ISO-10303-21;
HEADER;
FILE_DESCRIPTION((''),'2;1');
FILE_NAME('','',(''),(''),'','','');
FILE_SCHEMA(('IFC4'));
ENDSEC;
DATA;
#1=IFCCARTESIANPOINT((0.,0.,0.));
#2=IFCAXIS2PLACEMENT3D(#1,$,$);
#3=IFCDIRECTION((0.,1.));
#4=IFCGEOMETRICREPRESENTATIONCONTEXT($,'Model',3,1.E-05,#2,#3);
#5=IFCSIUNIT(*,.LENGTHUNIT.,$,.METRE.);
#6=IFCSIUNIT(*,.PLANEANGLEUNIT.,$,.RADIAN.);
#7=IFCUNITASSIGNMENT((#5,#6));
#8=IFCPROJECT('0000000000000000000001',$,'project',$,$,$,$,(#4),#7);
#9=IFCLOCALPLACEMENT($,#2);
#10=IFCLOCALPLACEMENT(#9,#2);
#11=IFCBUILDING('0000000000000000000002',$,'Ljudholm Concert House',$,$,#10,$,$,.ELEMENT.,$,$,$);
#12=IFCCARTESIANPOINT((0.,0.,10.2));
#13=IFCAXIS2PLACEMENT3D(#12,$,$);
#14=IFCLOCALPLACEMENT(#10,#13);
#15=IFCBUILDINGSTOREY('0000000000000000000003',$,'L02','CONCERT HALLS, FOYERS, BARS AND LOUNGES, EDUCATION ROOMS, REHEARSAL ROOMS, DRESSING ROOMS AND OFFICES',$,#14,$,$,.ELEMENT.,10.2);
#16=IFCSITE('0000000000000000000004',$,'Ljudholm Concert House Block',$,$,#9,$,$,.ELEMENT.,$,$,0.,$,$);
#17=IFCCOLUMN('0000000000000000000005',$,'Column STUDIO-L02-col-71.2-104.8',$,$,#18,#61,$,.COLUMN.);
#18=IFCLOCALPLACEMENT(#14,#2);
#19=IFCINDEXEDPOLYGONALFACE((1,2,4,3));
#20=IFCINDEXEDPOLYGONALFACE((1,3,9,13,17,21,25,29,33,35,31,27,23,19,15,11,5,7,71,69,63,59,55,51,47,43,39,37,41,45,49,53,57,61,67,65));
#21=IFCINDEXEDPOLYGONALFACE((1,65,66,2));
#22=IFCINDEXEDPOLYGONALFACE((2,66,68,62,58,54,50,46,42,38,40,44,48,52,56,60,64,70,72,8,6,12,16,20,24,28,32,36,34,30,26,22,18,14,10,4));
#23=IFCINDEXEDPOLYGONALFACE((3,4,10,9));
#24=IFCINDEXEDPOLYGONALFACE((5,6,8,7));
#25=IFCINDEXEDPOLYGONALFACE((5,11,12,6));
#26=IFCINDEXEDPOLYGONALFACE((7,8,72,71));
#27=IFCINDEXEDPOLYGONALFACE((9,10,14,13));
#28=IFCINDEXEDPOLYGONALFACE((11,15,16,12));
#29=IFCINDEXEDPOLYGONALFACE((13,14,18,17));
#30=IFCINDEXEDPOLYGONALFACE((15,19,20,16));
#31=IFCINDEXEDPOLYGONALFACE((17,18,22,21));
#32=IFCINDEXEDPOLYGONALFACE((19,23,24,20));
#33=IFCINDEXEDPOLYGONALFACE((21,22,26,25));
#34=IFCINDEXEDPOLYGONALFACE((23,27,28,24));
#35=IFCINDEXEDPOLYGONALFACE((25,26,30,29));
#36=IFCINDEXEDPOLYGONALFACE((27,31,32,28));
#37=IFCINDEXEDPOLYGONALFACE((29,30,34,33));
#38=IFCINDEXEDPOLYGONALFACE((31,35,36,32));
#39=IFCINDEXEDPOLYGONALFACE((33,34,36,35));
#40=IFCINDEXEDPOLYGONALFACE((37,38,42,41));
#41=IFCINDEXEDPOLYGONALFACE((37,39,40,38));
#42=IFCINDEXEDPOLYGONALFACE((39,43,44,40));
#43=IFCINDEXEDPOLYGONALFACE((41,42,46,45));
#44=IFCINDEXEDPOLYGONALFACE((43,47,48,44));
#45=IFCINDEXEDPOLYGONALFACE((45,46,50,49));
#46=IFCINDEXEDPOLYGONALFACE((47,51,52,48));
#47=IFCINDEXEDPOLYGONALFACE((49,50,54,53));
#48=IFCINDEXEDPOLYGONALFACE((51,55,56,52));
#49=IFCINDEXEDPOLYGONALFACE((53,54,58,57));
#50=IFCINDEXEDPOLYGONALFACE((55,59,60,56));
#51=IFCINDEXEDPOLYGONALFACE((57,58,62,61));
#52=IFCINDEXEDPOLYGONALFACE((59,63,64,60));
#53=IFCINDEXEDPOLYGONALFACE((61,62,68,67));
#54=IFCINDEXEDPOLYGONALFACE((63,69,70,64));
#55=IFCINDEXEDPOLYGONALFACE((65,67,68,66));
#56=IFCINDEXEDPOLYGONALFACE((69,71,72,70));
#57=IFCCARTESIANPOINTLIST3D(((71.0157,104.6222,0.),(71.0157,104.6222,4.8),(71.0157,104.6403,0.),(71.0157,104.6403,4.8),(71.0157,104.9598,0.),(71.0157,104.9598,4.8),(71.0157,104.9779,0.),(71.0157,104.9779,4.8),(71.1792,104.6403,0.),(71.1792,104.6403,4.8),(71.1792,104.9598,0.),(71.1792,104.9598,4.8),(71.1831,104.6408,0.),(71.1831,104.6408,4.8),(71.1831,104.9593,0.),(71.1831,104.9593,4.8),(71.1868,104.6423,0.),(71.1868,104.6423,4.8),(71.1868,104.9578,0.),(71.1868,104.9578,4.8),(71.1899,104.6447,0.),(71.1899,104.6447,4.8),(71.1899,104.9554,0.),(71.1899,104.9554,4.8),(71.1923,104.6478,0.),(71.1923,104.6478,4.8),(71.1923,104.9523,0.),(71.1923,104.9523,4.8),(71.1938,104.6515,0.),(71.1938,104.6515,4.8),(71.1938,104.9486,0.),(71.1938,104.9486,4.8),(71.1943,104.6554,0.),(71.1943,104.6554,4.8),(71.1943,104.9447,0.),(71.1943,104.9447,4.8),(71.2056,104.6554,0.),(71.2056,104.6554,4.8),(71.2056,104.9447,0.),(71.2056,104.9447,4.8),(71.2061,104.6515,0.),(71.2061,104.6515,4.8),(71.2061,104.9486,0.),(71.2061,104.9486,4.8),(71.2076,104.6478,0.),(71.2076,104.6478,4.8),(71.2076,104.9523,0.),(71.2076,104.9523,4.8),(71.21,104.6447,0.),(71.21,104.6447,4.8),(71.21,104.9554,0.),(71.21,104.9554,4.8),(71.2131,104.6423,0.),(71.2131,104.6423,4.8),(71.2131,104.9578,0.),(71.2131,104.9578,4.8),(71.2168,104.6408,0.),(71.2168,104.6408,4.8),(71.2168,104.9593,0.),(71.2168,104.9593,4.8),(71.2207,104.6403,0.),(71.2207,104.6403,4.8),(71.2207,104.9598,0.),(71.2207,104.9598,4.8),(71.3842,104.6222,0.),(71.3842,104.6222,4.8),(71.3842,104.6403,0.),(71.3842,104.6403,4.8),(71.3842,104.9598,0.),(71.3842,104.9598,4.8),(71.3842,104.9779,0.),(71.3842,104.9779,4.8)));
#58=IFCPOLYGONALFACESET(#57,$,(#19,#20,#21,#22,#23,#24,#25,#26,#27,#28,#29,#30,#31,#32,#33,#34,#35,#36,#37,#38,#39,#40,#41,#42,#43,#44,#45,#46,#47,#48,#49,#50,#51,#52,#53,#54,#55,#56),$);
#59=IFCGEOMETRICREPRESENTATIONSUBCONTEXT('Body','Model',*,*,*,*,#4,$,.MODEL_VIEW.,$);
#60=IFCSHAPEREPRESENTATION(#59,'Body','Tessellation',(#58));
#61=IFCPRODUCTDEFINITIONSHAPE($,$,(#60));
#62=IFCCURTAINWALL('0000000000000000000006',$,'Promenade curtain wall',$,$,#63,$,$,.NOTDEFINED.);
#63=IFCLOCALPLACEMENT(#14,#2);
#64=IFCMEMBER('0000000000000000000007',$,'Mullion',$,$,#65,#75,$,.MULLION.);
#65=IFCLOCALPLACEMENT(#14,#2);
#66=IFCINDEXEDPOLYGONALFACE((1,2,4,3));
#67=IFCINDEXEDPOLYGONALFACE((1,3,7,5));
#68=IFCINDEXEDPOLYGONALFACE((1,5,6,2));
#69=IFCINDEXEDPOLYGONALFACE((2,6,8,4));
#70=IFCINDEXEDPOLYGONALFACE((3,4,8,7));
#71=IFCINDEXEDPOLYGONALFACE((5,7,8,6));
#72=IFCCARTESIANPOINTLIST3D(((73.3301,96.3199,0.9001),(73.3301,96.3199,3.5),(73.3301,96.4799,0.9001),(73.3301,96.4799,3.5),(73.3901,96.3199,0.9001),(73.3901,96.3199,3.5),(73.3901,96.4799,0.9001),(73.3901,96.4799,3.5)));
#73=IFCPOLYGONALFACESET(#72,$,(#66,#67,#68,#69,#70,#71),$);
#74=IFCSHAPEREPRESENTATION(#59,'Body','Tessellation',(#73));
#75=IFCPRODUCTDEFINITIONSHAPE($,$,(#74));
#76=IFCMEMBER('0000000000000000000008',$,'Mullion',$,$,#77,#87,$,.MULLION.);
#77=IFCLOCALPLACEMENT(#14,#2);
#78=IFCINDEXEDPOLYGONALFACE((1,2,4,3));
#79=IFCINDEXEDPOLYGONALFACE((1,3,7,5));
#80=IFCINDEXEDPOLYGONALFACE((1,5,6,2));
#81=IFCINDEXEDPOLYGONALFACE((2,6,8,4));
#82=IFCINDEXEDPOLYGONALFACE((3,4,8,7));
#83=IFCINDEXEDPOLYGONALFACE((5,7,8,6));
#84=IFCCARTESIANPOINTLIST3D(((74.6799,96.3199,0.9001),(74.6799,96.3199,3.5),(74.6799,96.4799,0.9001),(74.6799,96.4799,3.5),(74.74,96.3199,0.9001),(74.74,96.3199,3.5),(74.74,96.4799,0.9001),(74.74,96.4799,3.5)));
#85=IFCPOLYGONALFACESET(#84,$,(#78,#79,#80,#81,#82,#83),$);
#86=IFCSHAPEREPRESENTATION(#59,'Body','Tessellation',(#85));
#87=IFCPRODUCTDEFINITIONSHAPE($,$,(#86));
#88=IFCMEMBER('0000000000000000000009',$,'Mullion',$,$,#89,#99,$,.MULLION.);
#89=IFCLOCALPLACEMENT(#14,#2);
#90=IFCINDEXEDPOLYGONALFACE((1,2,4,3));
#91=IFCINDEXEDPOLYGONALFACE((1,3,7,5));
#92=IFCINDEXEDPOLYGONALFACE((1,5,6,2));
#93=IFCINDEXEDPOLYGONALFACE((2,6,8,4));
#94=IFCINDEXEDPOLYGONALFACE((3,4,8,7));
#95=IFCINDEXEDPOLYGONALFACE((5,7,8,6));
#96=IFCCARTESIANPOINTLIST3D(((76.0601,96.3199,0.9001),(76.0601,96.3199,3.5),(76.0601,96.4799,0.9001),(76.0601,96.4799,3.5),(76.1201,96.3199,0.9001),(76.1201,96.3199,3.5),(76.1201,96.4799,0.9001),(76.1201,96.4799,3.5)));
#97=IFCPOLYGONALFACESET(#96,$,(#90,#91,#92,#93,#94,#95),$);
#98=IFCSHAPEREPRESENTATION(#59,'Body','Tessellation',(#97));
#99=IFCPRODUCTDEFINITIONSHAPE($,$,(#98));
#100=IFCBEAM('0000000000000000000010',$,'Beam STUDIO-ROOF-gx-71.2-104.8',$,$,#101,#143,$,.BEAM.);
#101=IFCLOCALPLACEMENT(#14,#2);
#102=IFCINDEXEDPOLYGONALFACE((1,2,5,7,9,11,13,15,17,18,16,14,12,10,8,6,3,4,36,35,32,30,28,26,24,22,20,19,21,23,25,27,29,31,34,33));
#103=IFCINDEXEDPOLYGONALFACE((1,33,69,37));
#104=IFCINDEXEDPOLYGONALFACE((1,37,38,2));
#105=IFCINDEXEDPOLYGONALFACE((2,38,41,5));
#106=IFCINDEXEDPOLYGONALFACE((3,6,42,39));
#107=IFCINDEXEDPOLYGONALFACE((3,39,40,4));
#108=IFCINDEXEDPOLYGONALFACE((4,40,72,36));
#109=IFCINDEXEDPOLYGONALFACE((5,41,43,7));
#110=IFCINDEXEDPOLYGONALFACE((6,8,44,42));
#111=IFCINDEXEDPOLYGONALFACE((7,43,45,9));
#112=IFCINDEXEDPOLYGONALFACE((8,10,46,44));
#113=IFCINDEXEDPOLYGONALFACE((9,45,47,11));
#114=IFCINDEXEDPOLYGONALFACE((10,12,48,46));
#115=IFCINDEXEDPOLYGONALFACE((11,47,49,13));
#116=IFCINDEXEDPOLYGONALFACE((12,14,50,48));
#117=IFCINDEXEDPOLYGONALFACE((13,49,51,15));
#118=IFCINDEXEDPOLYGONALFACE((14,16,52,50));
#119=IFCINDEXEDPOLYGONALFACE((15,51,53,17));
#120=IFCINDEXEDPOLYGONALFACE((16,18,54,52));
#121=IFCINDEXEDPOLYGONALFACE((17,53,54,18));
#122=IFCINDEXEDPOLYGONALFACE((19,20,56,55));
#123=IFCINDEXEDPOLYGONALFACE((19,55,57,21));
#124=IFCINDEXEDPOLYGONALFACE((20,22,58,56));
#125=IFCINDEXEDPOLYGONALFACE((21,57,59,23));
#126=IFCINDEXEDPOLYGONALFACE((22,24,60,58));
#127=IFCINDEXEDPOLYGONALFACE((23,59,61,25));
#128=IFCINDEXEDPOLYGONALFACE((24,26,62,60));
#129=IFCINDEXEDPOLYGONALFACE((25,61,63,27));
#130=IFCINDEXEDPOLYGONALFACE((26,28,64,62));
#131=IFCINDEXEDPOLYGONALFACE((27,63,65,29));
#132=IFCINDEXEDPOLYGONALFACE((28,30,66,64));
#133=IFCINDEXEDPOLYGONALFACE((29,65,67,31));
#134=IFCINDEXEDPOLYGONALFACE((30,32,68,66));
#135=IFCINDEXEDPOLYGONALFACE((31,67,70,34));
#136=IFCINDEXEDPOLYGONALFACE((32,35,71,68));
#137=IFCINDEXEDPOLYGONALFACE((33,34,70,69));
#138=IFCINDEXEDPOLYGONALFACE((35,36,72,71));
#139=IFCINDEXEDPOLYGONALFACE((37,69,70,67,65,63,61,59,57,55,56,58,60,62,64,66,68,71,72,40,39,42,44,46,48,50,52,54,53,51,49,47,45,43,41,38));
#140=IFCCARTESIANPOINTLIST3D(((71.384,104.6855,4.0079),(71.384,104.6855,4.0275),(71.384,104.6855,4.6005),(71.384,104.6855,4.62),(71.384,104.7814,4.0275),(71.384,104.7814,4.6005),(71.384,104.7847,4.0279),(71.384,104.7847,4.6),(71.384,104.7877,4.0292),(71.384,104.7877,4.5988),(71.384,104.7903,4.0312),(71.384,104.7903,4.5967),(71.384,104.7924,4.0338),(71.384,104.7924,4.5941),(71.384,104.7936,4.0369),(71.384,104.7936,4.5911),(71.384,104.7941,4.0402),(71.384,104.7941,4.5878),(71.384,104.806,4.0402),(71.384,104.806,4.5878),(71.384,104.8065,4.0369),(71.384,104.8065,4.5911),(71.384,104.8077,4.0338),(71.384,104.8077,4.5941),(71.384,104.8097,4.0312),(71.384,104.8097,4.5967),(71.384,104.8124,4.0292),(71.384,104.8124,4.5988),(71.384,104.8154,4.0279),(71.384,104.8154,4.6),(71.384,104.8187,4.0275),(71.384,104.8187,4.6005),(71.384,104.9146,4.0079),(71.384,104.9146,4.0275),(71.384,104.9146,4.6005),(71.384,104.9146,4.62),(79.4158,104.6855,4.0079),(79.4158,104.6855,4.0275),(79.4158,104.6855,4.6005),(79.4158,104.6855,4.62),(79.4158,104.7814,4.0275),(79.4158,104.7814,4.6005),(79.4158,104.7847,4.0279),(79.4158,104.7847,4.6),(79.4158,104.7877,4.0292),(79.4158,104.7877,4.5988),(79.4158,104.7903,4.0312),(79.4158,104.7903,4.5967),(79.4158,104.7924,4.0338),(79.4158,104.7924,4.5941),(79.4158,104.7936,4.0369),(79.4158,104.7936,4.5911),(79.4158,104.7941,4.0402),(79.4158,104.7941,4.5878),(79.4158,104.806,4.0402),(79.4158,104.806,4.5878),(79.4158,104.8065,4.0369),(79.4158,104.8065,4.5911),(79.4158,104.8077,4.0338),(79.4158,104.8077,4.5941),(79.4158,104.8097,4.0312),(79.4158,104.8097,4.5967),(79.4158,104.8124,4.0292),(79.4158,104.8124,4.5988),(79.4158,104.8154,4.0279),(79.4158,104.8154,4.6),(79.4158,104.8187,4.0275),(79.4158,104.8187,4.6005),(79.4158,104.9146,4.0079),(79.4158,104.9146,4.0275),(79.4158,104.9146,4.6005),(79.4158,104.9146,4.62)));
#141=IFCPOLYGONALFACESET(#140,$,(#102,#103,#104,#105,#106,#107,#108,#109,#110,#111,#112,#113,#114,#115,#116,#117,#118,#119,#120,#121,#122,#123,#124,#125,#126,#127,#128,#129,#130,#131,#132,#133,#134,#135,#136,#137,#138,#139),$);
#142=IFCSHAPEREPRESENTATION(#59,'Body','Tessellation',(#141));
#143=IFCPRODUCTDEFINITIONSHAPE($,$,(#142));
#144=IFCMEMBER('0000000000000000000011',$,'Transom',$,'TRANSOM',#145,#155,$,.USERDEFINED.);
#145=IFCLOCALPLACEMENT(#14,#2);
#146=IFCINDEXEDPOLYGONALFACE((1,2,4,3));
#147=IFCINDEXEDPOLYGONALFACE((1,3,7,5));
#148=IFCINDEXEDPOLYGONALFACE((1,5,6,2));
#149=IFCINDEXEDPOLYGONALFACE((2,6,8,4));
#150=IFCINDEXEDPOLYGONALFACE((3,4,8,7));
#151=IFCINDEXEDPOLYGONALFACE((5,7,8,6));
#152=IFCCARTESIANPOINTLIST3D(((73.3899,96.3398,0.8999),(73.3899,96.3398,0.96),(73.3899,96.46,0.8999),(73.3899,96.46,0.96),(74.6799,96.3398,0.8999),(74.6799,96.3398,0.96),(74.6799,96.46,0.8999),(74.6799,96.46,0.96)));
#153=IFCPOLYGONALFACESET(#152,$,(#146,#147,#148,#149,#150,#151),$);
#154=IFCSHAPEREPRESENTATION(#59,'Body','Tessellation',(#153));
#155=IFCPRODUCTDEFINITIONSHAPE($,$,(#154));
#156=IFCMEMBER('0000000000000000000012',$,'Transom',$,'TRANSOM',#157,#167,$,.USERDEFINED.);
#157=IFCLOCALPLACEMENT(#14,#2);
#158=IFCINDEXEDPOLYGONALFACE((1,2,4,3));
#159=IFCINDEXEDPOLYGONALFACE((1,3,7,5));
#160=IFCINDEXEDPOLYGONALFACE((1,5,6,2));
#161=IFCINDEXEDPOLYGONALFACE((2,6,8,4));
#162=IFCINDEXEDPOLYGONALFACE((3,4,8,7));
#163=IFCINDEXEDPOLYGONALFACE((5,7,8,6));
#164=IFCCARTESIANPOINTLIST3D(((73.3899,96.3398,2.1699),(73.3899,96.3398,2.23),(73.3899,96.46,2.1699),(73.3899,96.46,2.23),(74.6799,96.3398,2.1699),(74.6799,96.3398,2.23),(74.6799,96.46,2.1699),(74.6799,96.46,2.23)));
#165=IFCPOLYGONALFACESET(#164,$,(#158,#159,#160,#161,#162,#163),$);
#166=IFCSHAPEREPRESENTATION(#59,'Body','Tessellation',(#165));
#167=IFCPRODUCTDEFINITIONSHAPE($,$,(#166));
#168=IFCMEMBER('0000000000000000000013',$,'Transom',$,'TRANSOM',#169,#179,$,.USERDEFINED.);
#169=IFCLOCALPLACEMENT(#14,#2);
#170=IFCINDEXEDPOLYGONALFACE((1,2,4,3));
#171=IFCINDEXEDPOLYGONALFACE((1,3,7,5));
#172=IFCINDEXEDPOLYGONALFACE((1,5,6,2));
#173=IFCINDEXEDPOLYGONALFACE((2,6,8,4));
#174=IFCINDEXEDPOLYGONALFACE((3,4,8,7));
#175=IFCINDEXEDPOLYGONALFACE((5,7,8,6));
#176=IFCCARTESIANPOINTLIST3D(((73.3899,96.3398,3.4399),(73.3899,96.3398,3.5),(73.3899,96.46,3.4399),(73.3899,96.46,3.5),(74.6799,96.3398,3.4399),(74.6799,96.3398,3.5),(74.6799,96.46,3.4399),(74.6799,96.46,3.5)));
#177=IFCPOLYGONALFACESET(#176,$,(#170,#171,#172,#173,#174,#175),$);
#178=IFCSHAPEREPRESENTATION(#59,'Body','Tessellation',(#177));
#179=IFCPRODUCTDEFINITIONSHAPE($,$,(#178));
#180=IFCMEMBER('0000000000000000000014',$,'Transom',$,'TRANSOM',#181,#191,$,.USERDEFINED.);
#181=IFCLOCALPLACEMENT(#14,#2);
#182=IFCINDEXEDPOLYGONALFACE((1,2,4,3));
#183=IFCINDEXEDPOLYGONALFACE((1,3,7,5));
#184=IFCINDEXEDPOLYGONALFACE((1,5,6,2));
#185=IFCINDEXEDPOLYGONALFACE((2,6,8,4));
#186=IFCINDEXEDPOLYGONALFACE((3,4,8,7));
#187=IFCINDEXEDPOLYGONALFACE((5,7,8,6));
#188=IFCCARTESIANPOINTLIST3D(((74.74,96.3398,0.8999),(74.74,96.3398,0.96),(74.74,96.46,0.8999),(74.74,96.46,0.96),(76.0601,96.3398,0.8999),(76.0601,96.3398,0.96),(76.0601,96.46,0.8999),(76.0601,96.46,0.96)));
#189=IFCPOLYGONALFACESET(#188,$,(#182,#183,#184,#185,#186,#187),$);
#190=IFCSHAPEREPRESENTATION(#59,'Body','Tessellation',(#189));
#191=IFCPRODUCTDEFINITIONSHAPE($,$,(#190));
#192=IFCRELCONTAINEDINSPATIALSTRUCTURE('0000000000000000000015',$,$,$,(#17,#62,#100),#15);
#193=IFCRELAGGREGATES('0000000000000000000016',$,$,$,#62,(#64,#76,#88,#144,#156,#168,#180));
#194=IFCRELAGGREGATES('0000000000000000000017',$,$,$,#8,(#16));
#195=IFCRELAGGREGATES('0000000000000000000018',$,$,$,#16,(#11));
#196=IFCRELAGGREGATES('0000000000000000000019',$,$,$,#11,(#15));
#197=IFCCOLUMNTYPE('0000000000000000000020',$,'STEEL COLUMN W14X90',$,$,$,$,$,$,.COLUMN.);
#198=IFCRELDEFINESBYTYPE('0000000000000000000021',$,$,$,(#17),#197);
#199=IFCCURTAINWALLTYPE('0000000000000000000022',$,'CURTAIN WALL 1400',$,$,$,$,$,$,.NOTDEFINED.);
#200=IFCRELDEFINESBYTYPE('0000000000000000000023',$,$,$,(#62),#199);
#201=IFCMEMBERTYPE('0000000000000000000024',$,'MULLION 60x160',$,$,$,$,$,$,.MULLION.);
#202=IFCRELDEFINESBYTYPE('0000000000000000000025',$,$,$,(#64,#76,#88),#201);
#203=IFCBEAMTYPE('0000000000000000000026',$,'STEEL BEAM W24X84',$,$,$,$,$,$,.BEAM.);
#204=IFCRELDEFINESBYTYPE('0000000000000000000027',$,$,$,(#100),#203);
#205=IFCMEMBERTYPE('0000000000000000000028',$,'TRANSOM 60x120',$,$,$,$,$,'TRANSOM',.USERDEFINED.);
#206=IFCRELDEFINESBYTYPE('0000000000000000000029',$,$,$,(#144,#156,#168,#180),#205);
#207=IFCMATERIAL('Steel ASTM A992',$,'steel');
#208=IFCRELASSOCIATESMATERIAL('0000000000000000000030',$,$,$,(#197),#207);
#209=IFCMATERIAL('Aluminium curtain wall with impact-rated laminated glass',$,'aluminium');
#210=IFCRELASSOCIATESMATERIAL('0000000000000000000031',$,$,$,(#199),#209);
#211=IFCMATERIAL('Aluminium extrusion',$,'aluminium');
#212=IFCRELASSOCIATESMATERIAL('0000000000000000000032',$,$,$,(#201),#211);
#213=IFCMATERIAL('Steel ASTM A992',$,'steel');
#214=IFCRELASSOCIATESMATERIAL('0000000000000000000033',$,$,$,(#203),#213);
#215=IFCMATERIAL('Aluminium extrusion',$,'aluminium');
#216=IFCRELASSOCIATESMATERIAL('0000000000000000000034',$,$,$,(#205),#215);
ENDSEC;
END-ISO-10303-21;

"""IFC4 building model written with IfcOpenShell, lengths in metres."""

from ifc_helpers import new_model, si_unit, direction, frame, origin, origin_2d, place, context, subcontext, project, spatial, rectangle, i_section, extrude, material, material_profile, profile_set, type_object, element, aggregate, save


model = new_model("IFC4")

# Units and contexts
model_context = context("Model", 3, precision=1e-05, world=origin(), true_north=direction((0.0, 1.0)))
body_context = subcontext(model_context, "Body", "Model", "MODEL_VIEW")
ifc_project = project(units=[si_unit("LENGTHUNIT", "METRE"), si_unit("PLANEANGLEUNIT", "RADIAN")], contexts=[model_context])

# Site, building, storey
site_placement = place(None, origin())
site = spatial("IfcSite", under=ifc_project, at=site_placement, Name="Ljudholm Concert House Block", CompositionType="ELEMENT", RefElevation=0.0)
building_placement = place(site_placement, origin())
building = spatial("IfcBuilding", under=site, at=building_placement, Name="Ljudholm Concert House", CompositionType="ELEMENT")
storey_placement = place(building_placement, frame((0.0, 0.0, 10.2)))
storey = spatial("IfcBuildingStorey", under=building, at=storey_placement, Name="L02", Description="CONCERT HALLS, FOYERS, BARS AND LOUNGES, EDUCATION ROOMS, REHEARSAL ROOMS, DRESSING ROOMS AND OFFICES", CompositionType="ELEMENT", Elevation=10.2)

# Column
ifc_material_1 = material(Name="Steel ASTM A992", Category="steel")
ifc_material_profile_1 = material_profile(ifc_material_1, i_section(OverallWidth=0.3684, OverallDepth=0.3557, WebThickness=0.0112, FlangeThickness=0.0181, FilletRadius=0.0151, at=origin_2d()), Name="W14X90")
ifc_profile_set_1 = profile_set([ifc_material_profile_1], Name="Steel ASTM A992")
column_type = type_object("IfcColumnType", Name="STEEL COLUMN W14X90", PredefinedType="COLUMN", material=ifc_profile_set_1)
column_placement = place(storey_placement, frame((71.2, 104.8, 0.0), z_axis=(0.0, 0.0, 1.0), x_axis=(1.0, 0.0, 0.0)))
element("IfcColumn", 1, at=column_placement, inside=storey, type_object=column_type, Name="Column STUDIO-L02-col-71.2-104.8", PredefinedType="COLUMN", context=body_context, shape_type="SweptSolid", body=[
    extrude(i_section(OverallWidth=0.3684, OverallDepth=0.3557, WebThickness=0.0112, FlangeThickness=0.0181, FilletRadius=0.0151, at=origin_2d()), origin(), (0.0, 0.0, 1.0), 4.8),
])

# Curtain wall, members
ifc_material_2 = material(Name="Aluminium curtain wall with impact-rated laminated glass", Category="aluminium")
curtain_wall_type = type_object("IfcCurtainWallType", Name="CURTAIN WALL 1400", PredefinedType="NOTDEFINED", material=ifc_material_2)
curtain_wall_placement = place(storey_placement, origin())
curtain_wall = element("IfcCurtainWall", 2, at=curtain_wall_placement, inside=storey, type_object=curtain_wall_type, Name="Promenade curtain wall", PredefinedType="NOTDEFINED")
ifc_material_3 = material(Name="Aluminium extrusion", Category="aluminium")
ifc_material_profile_2 = material_profile(ifc_material_3, rectangle(XDim=0.1599, YDim=0.0601, at=origin_2d()), Name="MULLION 60x160")
ifc_profile_set_2 = profile_set([ifc_material_profile_2], Name="Aluminium extrusion")
member_type_1 = type_object("IfcMemberType", Name="MULLION 60x160", PredefinedType="MULLION", material=ifc_profile_set_2)
member_1_placement = place(storey_placement, frame((73.3601, 96.3999, 0.9001), z_axis=(0.0, 0.0, 1.0), x_axis=(0.0, 1.0, 0.0)))
member_1 = element("IfcMember", 3, at=member_1_placement, type_object=member_type_1, Name="Mullion", PredefinedType="MULLION", context=body_context, shape_type="SweptSolid", body=[
    extrude(rectangle(XDim=0.1599, YDim=0.0601, at=origin_2d()), origin(), (0.0, 0.0, 1.0), 2.5999),
])
member_2_placement = place(storey_placement, frame((74.71, 96.3999, 0.9001), z_axis=(0.0, 0.0, 1.0), x_axis=(0.0, 1.0, 0.0)))
member_2 = element("IfcMember", 4, at=member_2_placement, type_object=member_type_1, Name="Mullion", PredefinedType="MULLION", context=body_context, shape_type="SweptSolid", body=[
    extrude(rectangle(XDim=0.1599, YDim=0.0601, at=origin_2d()), origin(), (0.0, 0.0, 1.0), 2.5999),
])
member_3_placement = place(storey_placement, frame((76.0901, 96.3999, 0.9001), z_axis=(0.0, 0.0, 1.0), x_axis=(0.0, 1.0, 0.0)))
member_3 = element("IfcMember", 5, at=member_3_placement, type_object=member_type_1, Name="Mullion", PredefinedType="MULLION", context=body_context, shape_type="SweptSolid", body=[
    extrude(rectangle(XDim=0.1599, YDim=0.0601, at=origin_2d()), origin(), (0.0, 0.0, 1.0), 2.5999),
])

# Beam
ifc_material_4 = material(Name="Steel ASTM A992", Category="steel")
ifc_material_profile_3 = material_profile(ifc_material_4, i_section(OverallWidth=0.229, OverallDepth=0.6121, WebThickness=0.012, FlangeThickness=0.0195, FilletRadius=0.0127, at=origin_2d()), Name="W24X84")
ifc_profile_set_3 = profile_set([ifc_material_profile_3], Name="Steel ASTM A992")
beam_type = type_object("IfcBeamType", Name="STEEL BEAM W24X84", PredefinedType="BEAM", material=ifc_profile_set_3)
beam_placement = place(storey_placement, frame((71.384, 104.8, 4.314), z_axis=(1.0, 0.0, 0.0), x_axis=(0.0, 1.0, 0.0)))
element("IfcBeam", 6, at=beam_placement, inside=storey, type_object=beam_type, Name="Beam STUDIO-ROOF-gx-71.2-104.8", PredefinedType="BEAM", context=body_context, shape_type="SweptSolid", body=[
    extrude(i_section(OverallWidth=0.229, OverallDepth=0.6121, WebThickness=0.012, FlangeThickness=0.0195, FilletRadius=0.0127, at=origin_2d()), origin(), (0.0, 0.0, 1.0), 8.0317),
])

# Members
ifc_material_5 = material(Name="Aluminium extrusion", Category="aluminium")
ifc_material_profile_4 = material_profile(ifc_material_5, rectangle(XDim=0.1201, YDim=0.0601, at=origin_2d()), Name="TRANSOM 60x120")
ifc_profile_set_4 = profile_set([ifc_material_profile_4], Name="Aluminium extrusion")
member_type_2 = type_object("IfcMemberType", Name="TRANSOM 60x120", ElementType="TRANSOM", PredefinedType="USERDEFINED", material=ifc_profile_set_4)
member_4_placement = place(storey_placement, frame((73.3899, 96.3999, 0.9299), z_axis=(1.0, 0.0, 0.0), x_axis=(0.0, 1.0, 0.0)))
member_4 = element("IfcMember", 7, at=member_4_placement, type_object=member_type_2, Name="Transom", ObjectType="TRANSOM", PredefinedType="USERDEFINED", context=body_context, shape_type="SweptSolid", body=[
    extrude(rectangle(XDim=0.1201, YDim=0.0601, at=origin_2d()), origin(), (0.0, 0.0, 1.0), 1.29),
])
member_5_placement = place(storey_placement, frame((73.3899, 96.3999, 2.2), z_axis=(1.0, 0.0, 0.0), x_axis=(0.0, 1.0, 0.0)))
member_5 = element("IfcMember", 8, at=member_5_placement, type_object=member_type_2, Name="Transom", ObjectType="TRANSOM", PredefinedType="USERDEFINED", context=body_context, shape_type="SweptSolid", body=[
    extrude(rectangle(XDim=0.1201, YDim=0.0601, at=origin_2d()), origin(), (0.0, 0.0, 1.0), 1.29),
])
member_6_placement = place(storey_placement, frame((73.3899, 96.3999, 3.47), z_axis=(1.0, 0.0, 0.0), x_axis=(0.0, 1.0, 0.0)))
member_6 = element("IfcMember", 9, at=member_6_placement, type_object=member_type_2, Name="Transom", ObjectType="TRANSOM", PredefinedType="USERDEFINED", context=body_context, shape_type="SweptSolid", body=[
    extrude(rectangle(XDim=0.1201, YDim=0.0601, at=origin_2d()), origin(), (0.0, 0.0, 1.0), 1.29),
])
member_7_placement = place(storey_placement, frame((74.74, 96.3999, 0.9299), z_axis=(1.0, 0.0, 0.0), x_axis=(0.0, 1.0, 0.0)))
member_7 = element("IfcMember", 10, at=member_7_placement, type_object=member_type_2, Name="Transom", ObjectType="TRANSOM", PredefinedType="USERDEFINED", context=body_context, shape_type="SweptSolid", body=[
    extrude(rectangle(XDim=0.1201, YDim=0.0601, at=origin_2d()), origin(), (0.0, 0.0, 1.0), 1.3201),
])

aggregate(curtain_wall, [member_1, member_2, member_3, member_4, member_5, member_6, member_7])

save(model, "model.ifc")
